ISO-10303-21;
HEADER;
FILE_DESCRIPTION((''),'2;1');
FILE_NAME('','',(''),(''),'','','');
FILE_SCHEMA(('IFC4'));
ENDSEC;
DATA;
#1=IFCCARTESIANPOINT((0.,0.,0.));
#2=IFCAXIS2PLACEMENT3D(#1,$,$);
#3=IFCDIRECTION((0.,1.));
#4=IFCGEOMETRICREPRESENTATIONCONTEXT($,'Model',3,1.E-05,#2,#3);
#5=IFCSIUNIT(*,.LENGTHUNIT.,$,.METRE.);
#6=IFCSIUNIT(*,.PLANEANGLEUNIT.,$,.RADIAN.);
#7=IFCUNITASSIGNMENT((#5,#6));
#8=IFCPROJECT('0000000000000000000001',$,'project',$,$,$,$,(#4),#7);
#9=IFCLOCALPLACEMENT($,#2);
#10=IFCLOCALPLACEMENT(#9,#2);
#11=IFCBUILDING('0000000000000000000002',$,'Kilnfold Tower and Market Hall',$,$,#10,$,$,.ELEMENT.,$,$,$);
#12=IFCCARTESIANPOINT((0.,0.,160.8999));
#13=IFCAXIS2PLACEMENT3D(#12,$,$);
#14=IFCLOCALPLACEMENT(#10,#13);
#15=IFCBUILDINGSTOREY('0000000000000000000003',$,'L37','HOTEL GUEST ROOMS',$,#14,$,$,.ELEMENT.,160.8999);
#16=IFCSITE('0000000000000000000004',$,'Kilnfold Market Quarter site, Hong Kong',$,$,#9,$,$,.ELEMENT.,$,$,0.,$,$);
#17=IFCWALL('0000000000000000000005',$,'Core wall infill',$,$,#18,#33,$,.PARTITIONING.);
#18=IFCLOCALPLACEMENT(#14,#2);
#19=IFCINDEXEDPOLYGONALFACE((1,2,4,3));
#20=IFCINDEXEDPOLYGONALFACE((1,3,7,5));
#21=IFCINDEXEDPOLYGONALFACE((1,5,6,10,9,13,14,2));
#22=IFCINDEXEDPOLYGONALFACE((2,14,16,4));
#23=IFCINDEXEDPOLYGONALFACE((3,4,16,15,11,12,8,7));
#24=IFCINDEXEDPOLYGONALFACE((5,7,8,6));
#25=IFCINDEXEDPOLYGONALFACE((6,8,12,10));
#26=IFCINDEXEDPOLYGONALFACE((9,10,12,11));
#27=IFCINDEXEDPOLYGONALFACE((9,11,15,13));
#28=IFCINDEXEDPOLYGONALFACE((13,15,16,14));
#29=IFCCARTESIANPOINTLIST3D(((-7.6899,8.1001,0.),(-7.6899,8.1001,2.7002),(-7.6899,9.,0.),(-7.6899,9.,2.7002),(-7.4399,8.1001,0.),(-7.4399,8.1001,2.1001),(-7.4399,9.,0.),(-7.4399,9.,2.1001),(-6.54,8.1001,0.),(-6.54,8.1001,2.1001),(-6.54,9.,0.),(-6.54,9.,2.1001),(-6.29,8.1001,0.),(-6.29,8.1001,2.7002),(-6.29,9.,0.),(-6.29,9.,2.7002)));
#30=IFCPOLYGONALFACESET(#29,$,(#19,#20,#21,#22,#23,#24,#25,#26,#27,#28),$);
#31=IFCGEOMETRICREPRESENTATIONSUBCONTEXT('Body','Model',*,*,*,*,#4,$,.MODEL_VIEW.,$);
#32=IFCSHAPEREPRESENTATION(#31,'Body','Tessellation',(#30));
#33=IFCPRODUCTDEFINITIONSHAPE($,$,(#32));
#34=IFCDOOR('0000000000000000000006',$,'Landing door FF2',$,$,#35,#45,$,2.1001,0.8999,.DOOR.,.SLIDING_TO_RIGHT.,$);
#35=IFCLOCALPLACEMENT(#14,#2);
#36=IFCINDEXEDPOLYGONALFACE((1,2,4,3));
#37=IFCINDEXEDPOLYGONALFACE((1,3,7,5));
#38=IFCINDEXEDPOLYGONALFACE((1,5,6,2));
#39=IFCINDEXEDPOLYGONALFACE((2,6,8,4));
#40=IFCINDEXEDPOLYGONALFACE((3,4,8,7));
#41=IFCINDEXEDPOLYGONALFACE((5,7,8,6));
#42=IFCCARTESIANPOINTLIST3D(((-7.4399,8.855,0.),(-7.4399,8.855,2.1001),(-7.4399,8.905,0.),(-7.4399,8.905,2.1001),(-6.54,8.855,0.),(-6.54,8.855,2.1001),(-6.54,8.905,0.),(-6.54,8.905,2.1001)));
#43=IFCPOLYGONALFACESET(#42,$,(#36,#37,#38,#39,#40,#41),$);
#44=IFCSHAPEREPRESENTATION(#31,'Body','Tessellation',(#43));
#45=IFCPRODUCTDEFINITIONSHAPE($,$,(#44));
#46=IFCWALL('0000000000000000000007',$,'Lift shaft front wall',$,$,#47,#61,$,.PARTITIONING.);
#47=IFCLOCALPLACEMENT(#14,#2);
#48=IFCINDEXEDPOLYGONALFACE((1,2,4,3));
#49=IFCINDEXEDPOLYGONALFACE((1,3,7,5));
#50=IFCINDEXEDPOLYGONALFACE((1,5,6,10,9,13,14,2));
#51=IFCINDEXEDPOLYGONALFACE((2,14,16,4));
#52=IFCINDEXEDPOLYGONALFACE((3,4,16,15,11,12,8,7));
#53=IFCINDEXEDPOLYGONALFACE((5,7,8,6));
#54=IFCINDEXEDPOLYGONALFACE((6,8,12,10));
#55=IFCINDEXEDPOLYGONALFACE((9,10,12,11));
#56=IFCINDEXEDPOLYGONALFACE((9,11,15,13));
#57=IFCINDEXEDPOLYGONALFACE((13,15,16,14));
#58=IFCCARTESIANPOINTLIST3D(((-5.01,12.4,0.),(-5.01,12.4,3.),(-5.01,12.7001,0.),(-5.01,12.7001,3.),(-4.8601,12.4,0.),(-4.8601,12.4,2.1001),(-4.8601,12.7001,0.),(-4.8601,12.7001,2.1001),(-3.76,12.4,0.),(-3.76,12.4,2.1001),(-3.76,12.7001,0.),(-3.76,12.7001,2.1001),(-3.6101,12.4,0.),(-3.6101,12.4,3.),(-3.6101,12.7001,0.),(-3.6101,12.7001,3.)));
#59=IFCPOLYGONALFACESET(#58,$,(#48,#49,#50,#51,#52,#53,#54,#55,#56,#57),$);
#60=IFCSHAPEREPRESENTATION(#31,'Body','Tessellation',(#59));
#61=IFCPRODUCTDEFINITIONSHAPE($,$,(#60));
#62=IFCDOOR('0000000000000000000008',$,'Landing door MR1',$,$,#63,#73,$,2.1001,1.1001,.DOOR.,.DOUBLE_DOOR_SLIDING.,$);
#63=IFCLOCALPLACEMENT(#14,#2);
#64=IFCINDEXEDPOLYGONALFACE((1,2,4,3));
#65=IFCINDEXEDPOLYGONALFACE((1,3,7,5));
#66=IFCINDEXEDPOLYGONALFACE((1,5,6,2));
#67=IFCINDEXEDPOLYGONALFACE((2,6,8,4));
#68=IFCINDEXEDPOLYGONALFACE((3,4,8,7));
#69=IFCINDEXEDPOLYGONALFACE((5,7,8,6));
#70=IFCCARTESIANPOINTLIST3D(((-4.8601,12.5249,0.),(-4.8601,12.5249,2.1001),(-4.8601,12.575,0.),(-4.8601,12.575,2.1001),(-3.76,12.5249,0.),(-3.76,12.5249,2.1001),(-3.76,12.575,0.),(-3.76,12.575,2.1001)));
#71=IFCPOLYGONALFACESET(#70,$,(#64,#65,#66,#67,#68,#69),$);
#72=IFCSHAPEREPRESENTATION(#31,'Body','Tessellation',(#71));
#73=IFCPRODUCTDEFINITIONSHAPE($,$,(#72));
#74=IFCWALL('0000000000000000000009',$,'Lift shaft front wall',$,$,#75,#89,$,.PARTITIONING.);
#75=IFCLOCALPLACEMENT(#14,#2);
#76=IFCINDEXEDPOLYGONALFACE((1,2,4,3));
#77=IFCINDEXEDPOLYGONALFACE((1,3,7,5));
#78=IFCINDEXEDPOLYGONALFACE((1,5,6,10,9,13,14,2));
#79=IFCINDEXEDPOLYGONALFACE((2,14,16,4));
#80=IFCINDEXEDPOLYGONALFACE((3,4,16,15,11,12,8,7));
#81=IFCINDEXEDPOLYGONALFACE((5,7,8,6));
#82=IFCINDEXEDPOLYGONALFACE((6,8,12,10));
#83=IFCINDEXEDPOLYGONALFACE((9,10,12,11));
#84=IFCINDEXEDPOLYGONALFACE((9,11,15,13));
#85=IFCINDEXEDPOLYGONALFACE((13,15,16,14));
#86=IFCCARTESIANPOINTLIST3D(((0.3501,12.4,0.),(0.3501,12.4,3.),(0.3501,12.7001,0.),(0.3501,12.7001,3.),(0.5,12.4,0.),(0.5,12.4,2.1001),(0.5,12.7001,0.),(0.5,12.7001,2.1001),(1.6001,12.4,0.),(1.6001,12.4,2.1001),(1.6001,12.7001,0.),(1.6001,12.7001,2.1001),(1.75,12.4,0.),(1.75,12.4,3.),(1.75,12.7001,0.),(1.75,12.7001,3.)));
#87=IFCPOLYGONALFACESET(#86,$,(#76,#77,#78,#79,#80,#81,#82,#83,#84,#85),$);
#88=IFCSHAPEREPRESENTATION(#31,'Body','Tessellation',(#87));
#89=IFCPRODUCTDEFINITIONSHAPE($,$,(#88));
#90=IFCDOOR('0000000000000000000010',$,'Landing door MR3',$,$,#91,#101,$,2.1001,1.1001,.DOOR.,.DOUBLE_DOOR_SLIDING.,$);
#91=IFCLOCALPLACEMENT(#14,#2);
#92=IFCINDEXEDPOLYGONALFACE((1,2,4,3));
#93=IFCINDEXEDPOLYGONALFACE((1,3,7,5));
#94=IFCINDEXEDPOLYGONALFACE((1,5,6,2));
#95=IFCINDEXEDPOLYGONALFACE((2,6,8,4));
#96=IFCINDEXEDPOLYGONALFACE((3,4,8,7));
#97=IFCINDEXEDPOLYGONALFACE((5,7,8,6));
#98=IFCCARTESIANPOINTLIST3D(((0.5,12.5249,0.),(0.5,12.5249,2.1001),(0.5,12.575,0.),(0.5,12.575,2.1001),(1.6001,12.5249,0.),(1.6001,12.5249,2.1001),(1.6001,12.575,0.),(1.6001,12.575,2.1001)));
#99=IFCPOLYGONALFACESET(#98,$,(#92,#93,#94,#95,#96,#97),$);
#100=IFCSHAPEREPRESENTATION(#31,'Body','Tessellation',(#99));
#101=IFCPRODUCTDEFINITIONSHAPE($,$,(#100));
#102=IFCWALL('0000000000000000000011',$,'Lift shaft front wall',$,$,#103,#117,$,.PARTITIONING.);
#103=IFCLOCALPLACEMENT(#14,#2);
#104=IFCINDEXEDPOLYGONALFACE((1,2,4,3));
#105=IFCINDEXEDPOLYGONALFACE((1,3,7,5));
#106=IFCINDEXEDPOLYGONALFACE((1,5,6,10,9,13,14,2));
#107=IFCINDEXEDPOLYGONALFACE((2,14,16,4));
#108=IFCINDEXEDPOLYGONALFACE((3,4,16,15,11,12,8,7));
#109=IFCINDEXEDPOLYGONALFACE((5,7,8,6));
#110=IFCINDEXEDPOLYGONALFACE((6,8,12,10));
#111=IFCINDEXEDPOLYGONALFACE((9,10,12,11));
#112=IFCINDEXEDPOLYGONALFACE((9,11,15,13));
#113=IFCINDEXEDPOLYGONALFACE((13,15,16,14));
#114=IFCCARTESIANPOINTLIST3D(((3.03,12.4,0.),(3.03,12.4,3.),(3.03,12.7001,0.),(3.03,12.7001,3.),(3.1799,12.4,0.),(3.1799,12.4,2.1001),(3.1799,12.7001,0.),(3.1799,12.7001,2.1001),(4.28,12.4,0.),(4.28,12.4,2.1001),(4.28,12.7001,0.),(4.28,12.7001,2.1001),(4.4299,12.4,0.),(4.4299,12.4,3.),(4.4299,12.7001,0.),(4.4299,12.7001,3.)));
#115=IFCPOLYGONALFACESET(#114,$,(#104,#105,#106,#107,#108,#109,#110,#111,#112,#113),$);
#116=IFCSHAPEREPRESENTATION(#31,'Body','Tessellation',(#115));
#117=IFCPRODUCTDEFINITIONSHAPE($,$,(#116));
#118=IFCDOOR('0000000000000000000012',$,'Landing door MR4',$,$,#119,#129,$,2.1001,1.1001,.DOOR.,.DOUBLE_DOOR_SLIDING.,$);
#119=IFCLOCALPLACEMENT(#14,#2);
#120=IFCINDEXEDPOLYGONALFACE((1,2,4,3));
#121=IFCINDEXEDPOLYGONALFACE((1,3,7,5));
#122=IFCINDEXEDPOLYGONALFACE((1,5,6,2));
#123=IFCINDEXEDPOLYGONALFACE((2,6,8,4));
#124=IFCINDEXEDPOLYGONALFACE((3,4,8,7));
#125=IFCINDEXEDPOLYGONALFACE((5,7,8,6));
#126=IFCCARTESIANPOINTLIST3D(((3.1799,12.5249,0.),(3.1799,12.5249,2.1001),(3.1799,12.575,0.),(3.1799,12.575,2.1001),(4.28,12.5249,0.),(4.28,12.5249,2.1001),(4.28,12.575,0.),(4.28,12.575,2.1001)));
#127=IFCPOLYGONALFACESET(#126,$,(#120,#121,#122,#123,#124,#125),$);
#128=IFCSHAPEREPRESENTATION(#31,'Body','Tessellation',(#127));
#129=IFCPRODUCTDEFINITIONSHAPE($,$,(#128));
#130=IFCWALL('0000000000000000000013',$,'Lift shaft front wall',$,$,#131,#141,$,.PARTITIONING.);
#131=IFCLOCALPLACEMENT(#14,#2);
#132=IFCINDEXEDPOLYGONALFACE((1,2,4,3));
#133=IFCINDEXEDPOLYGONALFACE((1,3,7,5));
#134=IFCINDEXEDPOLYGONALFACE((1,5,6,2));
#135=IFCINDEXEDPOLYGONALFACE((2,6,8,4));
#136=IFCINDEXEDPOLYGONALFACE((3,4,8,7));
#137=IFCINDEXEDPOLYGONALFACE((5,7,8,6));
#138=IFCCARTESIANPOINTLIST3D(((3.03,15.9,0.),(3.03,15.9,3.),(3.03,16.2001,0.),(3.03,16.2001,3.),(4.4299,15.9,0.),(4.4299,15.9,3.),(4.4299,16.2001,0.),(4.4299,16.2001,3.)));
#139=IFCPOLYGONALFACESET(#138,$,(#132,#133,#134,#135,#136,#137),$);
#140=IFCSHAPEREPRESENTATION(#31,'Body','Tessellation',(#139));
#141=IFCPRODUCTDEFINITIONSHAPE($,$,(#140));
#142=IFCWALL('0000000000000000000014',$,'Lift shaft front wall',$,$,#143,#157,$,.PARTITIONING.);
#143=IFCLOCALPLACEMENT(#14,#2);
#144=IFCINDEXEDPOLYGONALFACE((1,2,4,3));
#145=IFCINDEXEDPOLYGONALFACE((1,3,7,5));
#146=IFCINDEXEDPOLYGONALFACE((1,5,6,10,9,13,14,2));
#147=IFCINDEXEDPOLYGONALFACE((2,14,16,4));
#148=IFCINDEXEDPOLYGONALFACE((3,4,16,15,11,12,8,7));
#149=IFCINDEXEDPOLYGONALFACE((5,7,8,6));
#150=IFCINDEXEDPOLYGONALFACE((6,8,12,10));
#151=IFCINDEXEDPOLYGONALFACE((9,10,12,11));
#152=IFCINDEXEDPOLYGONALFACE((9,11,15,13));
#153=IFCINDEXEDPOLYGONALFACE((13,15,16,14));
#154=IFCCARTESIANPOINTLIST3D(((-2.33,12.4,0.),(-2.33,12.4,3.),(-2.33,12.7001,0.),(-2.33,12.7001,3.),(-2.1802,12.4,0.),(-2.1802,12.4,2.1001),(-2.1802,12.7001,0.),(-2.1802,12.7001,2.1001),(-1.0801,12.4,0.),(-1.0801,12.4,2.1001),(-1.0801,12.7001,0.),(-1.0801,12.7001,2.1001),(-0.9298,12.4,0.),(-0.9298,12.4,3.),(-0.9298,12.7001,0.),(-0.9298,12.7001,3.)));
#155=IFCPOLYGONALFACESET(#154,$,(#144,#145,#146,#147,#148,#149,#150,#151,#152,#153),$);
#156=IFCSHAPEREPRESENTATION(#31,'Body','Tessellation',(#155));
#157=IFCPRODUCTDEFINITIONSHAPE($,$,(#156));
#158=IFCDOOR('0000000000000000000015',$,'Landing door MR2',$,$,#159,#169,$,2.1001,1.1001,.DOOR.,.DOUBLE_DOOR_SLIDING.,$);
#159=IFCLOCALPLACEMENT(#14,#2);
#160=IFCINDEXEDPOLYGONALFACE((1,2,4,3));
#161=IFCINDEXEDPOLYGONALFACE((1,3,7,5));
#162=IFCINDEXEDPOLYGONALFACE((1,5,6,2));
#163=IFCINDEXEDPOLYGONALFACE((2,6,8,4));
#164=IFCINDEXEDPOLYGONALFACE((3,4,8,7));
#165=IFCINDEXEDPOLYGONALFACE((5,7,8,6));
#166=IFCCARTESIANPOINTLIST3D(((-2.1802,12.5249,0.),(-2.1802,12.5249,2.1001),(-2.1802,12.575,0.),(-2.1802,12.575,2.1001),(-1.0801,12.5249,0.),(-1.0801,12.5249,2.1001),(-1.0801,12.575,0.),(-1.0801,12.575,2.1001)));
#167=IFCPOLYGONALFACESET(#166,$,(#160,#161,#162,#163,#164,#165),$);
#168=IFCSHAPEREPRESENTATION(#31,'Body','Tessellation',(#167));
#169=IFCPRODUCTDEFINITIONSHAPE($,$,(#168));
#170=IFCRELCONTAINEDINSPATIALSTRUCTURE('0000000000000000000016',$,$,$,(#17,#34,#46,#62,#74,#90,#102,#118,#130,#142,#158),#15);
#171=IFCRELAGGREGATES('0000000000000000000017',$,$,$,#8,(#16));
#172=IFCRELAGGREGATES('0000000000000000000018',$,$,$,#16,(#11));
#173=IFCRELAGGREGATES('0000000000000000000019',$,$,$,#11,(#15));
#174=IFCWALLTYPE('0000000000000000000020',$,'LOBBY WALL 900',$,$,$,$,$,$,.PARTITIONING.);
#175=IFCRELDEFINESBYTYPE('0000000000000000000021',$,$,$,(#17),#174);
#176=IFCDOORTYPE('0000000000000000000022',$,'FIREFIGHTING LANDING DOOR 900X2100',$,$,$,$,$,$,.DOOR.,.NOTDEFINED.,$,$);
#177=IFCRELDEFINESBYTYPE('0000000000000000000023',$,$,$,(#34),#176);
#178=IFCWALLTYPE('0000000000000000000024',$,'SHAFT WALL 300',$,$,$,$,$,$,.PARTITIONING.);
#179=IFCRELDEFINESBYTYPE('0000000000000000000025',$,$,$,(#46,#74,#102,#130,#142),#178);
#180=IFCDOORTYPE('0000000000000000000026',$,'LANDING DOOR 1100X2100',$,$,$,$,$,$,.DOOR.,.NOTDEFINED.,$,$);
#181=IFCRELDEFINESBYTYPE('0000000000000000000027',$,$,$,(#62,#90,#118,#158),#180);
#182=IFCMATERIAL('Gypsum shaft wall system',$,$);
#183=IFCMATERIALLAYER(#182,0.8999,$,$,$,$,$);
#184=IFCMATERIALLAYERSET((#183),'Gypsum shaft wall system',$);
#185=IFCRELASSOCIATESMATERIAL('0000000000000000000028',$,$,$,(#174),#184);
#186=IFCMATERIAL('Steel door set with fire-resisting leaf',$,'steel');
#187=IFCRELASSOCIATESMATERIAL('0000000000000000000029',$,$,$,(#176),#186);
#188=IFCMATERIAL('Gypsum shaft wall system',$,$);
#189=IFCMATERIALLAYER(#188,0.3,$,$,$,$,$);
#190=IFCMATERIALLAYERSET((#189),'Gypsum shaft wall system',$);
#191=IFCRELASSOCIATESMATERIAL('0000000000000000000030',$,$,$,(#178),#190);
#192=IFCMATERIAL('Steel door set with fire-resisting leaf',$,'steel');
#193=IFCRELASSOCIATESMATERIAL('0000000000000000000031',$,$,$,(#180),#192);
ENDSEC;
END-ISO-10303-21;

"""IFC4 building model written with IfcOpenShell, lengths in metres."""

from ifc_helpers import new_model, si_unit, direction, frame, frame_2d, origin, place, context, subcontext, project, spatial, rectangle, extrude, source, transform, mapped, material, layer, layer_set, type_object, element, fill, save


model = new_model("IFC4")

# Units and contexts
model_context = context("Model", 3, precision=1e-05, world=origin(), true_north=direction((0.0, 1.0)))
body_context = subcontext(model_context, "Body", "Model", "MODEL_VIEW")
ifc_project = project(units=[si_unit("LENGTHUNIT", "METRE"), si_unit("PLANEANGLEUNIT", "RADIAN")], contexts=[model_context])

# Site, building, storey
site_placement = place(None, origin())
site = spatial("IfcSite", under=ifc_project, at=site_placement, Name="Kilnfold Market Quarter site, Hong Kong", CompositionType="ELEMENT", RefElevation=0.0)
building_placement = place(site_placement, origin())
building = spatial("IfcBuilding", under=site, at=building_placement, Name="Kilnfold Tower and Market Hall", CompositionType="ELEMENT")
storey_placement = place(building_placement, frame((0.0, 0.0, 160.8999)))
storey = spatial("IfcBuildingStorey", under=building, at=storey_placement, Name="L37", Description="HOTEL GUEST ROOMS", CompositionType="ELEMENT", Elevation=160.8999)

# Walls, openings, doors
ifc_material_1 = material(Name="Gypsum shaft wall system")
ifc_layer_1 = layer(ifc_material_1, 0.8999)
ifc_layer_set_1 = layer_set([ifc_layer_1], Name="Gypsum shaft wall system")
wall_type_1 = type_object("IfcWallType", Name="LOBBY WALL 900", PredefinedType="PARTITIONING", material=ifc_layer_set_1)
shared_shape_1 = source(origin(), body_context, "Body", "SweptSolid", [
    extrude(rectangle(XDim=1.3999, YDim=0.8999, at=frame_2d((0.7, 0.0))), origin(), (0.0, 0.0, 1.0), 2.7002),
])
wall_1_placement = place(storey_placement, frame((-7.6899, 8.55, 0.0), z_axis=(0.0, 0.0, 1.0), x_axis=(1.0, 0.0, 0.0)))
wall_1 = element("IfcWall", 1, at=wall_1_placement, inside=storey, type_object=wall_type_1, Name="Core wall infill", PredefinedType="PARTITIONING", context=body_context, shape_type="MappedRepresentation", body=[
    mapped(shared_shape_1, transform((0.0, 0.0, 0.0))),
])
opening_1_placement = place(wall_1_placement, frame((0.25, 0.0, 0.0)))
opening_1 = element("IfcOpeningElement", 2, at=opening_1_placement, cuts=wall_1, PredefinedType="OPENING", context=body_context, shape_type="SweptSolid", body=[
    extrude(rectangle(XDim=0.8999, YDim=2.1001, at=frame_2d((0.45, 1.05))), frame((0.0, 0.46, 0.0), z_axis=(0.0, -1.0, 0.0), x_axis=(1.0, 0.0, 0.0)), (0.0, 0.0, 1.0), 0.9199),
])
ifc_material_2 = material(Name="Steel door set with fire-resisting leaf", Category="steel")
door_type_1 = type_object("IfcDoorType", Name="FIREFIGHTING LANDING DOOR 900X2100", OperationType="NOTDEFINED", PredefinedType="DOOR", material=ifc_material_2)
door_1_placement = place(opening_1_placement, origin())
door_1 = element("IfcDoor", 3, at=door_1_placement, inside=storey, type_object=door_type_1, Name="Landing door FF2", OperationType="SLIDING_TO_RIGHT", OverallHeight=2.1001, OverallWidth=0.8999, PredefinedType="DOOR", context=body_context, shape_type="SweptSolid", body=[
    extrude(rectangle(XDim=0.8999, YDim=2.1001, at=frame_2d((0.45, 1.05))), frame((0.0, 0.355, 0.0), z_axis=(0.0, -1.0, 0.0), x_axis=(1.0, 0.0, 0.0)), (0.0, 0.0, 1.0), 0.05),
])
fill(opening_1, door_1)
ifc_material_3 = material(Name="Gypsum shaft wall system")
ifc_layer_2 = layer(ifc_material_3, 0.3)
ifc_layer_set_2 = layer_set([ifc_layer_2], Name="Gypsum shaft wall system")
wall_type_2 = type_object("IfcWallType", Name="SHAFT WALL 300", PredefinedType="PARTITIONING", material=ifc_layer_set_2)
shared_shape_2 = source(origin(), body_context, "Body", "SweptSolid", [
    extrude(rectangle(XDim=1.3999, YDim=0.3, at=frame_2d((0.7, 0.0))), origin(), (0.0, 0.0, 1.0), 3.0),
])
wall_2_placement = place(storey_placement, frame((-5.01, 12.55, 0.0), z_axis=(0.0, 0.0, 1.0), x_axis=(1.0, 0.0, 0.0)))
wall_2 = element("IfcWall", 4, at=wall_2_placement, inside=storey, type_object=wall_type_2, Name="Lift shaft front wall", PredefinedType="PARTITIONING", context=body_context, shape_type="MappedRepresentation", body=[
    mapped(shared_shape_2, transform((0.0, 0.0, 0.0))),
])
opening_2_placement = place(wall_2_placement, frame((0.1499, 0.0, 0.0)))
opening_2 = element("IfcOpeningElement", 5, at=opening_2_placement, cuts=wall_2, PredefinedType="OPENING", context=body_context, shape_type="SweptSolid", body=[
    extrude(rectangle(XDim=1.1001, YDim=2.1001, at=frame_2d((0.55, 1.05))), frame((0.0, 0.1602, 0.0), z_axis=(0.0, -1.0, 0.0), x_axis=(1.0, 0.0, 0.0)), (0.0, 0.0, 1.0), 0.3201),
])
ifc_material_4 = material(Name="Steel door set with fire-resisting leaf", Category="steel")
door_type_2 = type_object("IfcDoorType", Name="LANDING DOOR 1100X2100", OperationType="NOTDEFINED", PredefinedType="DOOR", material=ifc_material_4)
door_2_placement = place(opening_2_placement, origin())
door_2 = element("IfcDoor", 6, at=door_2_placement, inside=storey, type_object=door_type_2, Name="Landing door MR1", OperationType="DOUBLE_DOOR_SLIDING", OverallHeight=2.1001, OverallWidth=1.1001, PredefinedType="DOOR", context=body_context, shape_type="SweptSolid", body=[
    extrude(rectangle(XDim=1.1001, YDim=2.1001, at=frame_2d((0.55, 1.05))), frame((0.0, 0.0249, 0.0), z_axis=(0.0, -1.0, 0.0), x_axis=(1.0, 0.0, 0.0)), (0.0, 0.0, 1.0), 0.05),
])
fill(opening_2, door_2)
wall_3_placement = place(storey_placement, frame((0.3501, 12.55, 0.0), z_axis=(0.0, 0.0, 1.0), x_axis=(1.0, 0.0, 0.0)))
wall_3 = element("IfcWall", 7, at=wall_3_placement, inside=storey, type_object=wall_type_2, Name="Lift shaft front wall", PredefinedType="PARTITIONING", context=body_context, shape_type="MappedRepresentation", body=[
    mapped(shared_shape_2, transform((0.0, 0.0, 0.0))),
])
opening_3_placement = place(wall_3_placement, frame((0.1499, 0.0, 0.0)))
opening_3 = element("IfcOpeningElement", 8, at=opening_3_placement, cuts=wall_3, PredefinedType="OPENING", context=body_context, shape_type="SweptSolid", body=[
    extrude(rectangle(XDim=1.1001, YDim=2.1001, at=frame_2d((0.55, 1.05))), frame((0.0, 0.1602, 0.0), z_axis=(0.0, -1.0, 0.0), x_axis=(1.0, 0.0, 0.0)), (0.0, 0.0, 1.0), 0.3201),
])
door_3_placement = place(opening_3_placement, origin())
door_3 = element("IfcDoor", 9, at=door_3_placement, inside=storey, type_object=door_type_2, Name="Landing door MR3", OperationType="DOUBLE_DOOR_SLIDING", OverallHeight=2.1001, OverallWidth=1.1001, PredefinedType="DOOR", context=body_context, shape_type="SweptSolid", body=[
    extrude(rectangle(XDim=1.1001, YDim=2.1001, at=frame_2d((0.55, 1.05))), frame((0.0, 0.0249, 0.0), z_axis=(0.0, -1.0, 0.0), x_axis=(1.0, 0.0, 0.0)), (0.0, 0.0, 1.0), 0.05),
])
fill(opening_3, door_3)
wall_4_placement = place(storey_placement, frame((3.03, 12.55, 0.0), z_axis=(0.0, 0.0, 1.0), x_axis=(1.0, 0.0, 0.0)))
wall_4 = element("IfcWall", 10, at=wall_4_placement, inside=storey, type_object=wall_type_2, Name="Lift shaft front wall", PredefinedType="PARTITIONING", context=body_context, shape_type="MappedRepresentation", body=[
    mapped(shared_shape_2, transform((0.0, 0.0, 0.0))),
])
opening_4_placement = place(wall_4_placement, frame((0.1499, 0.0, 0.0)))
opening_4 = element("IfcOpeningElement", 11, at=opening_4_placement, cuts=wall_4, PredefinedType="OPENING", context=body_context, shape_type="SweptSolid", body=[
    extrude(rectangle(XDim=1.1001, YDim=2.1001, at=frame_2d((0.55, 1.05))), frame((0.0, 0.1602, 0.0), z_axis=(0.0, -1.0, 0.0), x_axis=(1.0, 0.0, 0.0)), (0.0, 0.0, 1.0), 0.3201),
])
door_4_placement = place(opening_4_placement, origin())
door_4 = element("IfcDoor", 12, at=door_4_placement, inside=storey, type_object=door_type_2, Name="Landing door MR4", OperationType="DOUBLE_DOOR_SLIDING", OverallHeight=2.1001, OverallWidth=1.1001, PredefinedType="DOOR", context=body_context, shape_type="SweptSolid", body=[
    extrude(rectangle(XDim=1.1001, YDim=2.1001, at=frame_2d((0.55, 1.05))), frame((0.0, 0.0249, 0.0), z_axis=(0.0, -1.0, 0.0), x_axis=(1.0, 0.0, 0.0)), (0.0, 0.0, 1.0), 0.05),
])
fill(opening_4, door_4)

# Wall
wall_5_placement = place(storey_placement, frame((3.03, 16.05, 0.0), z_axis=(0.0, 0.0, 1.0), x_axis=(1.0, 0.0, 0.0)))
element("IfcWall", 13, at=wall_5_placement, inside=storey, type_object=wall_type_2, Name="Lift shaft front wall", PredefinedType="PARTITIONING", context=body_context, shape_type="MappedRepresentation", body=[
    mapped(shared_shape_2, transform((0.0, 0.0, 0.0))),
])

# Wall, opening, door
shared_shape_3 = source(origin(), body_context, "Body", "SweptSolid", [
    extrude(rectangle(XDim=1.4001, YDim=0.3, at=frame_2d((0.7002, 0.0))), origin(), (0.0, 0.0, 1.0), 3.0),
])
wall_6_placement = place(storey_placement, frame((-2.3301, 12.55, 0.0), z_axis=(0.0, 0.0, 1.0), x_axis=(1.0, 0.0, 0.0)))
wall_6 = element("IfcWall", 14, at=wall_6_placement, inside=storey, type_object=wall_type_2, Name="Lift shaft front wall", PredefinedType="PARTITIONING", context=body_context, shape_type="MappedRepresentation", body=[
    mapped(shared_shape_3, transform((0.0, 0.0, 0.0))),
])
opening_5_placement = place(wall_6_placement, frame((0.1499, 0.0, 0.0)))
opening_5 = element("IfcOpeningElement", 15, at=opening_5_placement, cuts=wall_6, PredefinedType="OPENING", context=body_context, shape_type="SweptSolid", body=[
    extrude(rectangle(XDim=1.1001, YDim=2.1001, at=frame_2d((0.55, 1.05))), frame((0.0, 0.1602, 0.0), z_axis=(0.0, -1.0, 0.0), x_axis=(1.0, 0.0, 0.0)), (0.0, 0.0, 1.0), 0.3201),
])
door_5_placement = place(opening_5_placement, origin())
door_5 = element("IfcDoor", 16, at=door_5_placement, inside=storey, type_object=door_type_2, Name="Landing door MR2", OperationType="DOUBLE_DOOR_SLIDING", OverallHeight=2.1001, OverallWidth=1.1001, PredefinedType="DOOR", context=body_context, shape_type="SweptSolid", body=[
    extrude(rectangle(XDim=1.1001, YDim=2.1001, at=frame_2d((0.55, 1.05))), frame((0.0, 0.0249, 0.0), z_axis=(0.0, -1.0, 0.0), x_axis=(1.0, 0.0, 0.0)), (0.0, 0.0, 1.0), 0.05),
])
fill(opening_5, door_5)

save(model, "model.ifc")
